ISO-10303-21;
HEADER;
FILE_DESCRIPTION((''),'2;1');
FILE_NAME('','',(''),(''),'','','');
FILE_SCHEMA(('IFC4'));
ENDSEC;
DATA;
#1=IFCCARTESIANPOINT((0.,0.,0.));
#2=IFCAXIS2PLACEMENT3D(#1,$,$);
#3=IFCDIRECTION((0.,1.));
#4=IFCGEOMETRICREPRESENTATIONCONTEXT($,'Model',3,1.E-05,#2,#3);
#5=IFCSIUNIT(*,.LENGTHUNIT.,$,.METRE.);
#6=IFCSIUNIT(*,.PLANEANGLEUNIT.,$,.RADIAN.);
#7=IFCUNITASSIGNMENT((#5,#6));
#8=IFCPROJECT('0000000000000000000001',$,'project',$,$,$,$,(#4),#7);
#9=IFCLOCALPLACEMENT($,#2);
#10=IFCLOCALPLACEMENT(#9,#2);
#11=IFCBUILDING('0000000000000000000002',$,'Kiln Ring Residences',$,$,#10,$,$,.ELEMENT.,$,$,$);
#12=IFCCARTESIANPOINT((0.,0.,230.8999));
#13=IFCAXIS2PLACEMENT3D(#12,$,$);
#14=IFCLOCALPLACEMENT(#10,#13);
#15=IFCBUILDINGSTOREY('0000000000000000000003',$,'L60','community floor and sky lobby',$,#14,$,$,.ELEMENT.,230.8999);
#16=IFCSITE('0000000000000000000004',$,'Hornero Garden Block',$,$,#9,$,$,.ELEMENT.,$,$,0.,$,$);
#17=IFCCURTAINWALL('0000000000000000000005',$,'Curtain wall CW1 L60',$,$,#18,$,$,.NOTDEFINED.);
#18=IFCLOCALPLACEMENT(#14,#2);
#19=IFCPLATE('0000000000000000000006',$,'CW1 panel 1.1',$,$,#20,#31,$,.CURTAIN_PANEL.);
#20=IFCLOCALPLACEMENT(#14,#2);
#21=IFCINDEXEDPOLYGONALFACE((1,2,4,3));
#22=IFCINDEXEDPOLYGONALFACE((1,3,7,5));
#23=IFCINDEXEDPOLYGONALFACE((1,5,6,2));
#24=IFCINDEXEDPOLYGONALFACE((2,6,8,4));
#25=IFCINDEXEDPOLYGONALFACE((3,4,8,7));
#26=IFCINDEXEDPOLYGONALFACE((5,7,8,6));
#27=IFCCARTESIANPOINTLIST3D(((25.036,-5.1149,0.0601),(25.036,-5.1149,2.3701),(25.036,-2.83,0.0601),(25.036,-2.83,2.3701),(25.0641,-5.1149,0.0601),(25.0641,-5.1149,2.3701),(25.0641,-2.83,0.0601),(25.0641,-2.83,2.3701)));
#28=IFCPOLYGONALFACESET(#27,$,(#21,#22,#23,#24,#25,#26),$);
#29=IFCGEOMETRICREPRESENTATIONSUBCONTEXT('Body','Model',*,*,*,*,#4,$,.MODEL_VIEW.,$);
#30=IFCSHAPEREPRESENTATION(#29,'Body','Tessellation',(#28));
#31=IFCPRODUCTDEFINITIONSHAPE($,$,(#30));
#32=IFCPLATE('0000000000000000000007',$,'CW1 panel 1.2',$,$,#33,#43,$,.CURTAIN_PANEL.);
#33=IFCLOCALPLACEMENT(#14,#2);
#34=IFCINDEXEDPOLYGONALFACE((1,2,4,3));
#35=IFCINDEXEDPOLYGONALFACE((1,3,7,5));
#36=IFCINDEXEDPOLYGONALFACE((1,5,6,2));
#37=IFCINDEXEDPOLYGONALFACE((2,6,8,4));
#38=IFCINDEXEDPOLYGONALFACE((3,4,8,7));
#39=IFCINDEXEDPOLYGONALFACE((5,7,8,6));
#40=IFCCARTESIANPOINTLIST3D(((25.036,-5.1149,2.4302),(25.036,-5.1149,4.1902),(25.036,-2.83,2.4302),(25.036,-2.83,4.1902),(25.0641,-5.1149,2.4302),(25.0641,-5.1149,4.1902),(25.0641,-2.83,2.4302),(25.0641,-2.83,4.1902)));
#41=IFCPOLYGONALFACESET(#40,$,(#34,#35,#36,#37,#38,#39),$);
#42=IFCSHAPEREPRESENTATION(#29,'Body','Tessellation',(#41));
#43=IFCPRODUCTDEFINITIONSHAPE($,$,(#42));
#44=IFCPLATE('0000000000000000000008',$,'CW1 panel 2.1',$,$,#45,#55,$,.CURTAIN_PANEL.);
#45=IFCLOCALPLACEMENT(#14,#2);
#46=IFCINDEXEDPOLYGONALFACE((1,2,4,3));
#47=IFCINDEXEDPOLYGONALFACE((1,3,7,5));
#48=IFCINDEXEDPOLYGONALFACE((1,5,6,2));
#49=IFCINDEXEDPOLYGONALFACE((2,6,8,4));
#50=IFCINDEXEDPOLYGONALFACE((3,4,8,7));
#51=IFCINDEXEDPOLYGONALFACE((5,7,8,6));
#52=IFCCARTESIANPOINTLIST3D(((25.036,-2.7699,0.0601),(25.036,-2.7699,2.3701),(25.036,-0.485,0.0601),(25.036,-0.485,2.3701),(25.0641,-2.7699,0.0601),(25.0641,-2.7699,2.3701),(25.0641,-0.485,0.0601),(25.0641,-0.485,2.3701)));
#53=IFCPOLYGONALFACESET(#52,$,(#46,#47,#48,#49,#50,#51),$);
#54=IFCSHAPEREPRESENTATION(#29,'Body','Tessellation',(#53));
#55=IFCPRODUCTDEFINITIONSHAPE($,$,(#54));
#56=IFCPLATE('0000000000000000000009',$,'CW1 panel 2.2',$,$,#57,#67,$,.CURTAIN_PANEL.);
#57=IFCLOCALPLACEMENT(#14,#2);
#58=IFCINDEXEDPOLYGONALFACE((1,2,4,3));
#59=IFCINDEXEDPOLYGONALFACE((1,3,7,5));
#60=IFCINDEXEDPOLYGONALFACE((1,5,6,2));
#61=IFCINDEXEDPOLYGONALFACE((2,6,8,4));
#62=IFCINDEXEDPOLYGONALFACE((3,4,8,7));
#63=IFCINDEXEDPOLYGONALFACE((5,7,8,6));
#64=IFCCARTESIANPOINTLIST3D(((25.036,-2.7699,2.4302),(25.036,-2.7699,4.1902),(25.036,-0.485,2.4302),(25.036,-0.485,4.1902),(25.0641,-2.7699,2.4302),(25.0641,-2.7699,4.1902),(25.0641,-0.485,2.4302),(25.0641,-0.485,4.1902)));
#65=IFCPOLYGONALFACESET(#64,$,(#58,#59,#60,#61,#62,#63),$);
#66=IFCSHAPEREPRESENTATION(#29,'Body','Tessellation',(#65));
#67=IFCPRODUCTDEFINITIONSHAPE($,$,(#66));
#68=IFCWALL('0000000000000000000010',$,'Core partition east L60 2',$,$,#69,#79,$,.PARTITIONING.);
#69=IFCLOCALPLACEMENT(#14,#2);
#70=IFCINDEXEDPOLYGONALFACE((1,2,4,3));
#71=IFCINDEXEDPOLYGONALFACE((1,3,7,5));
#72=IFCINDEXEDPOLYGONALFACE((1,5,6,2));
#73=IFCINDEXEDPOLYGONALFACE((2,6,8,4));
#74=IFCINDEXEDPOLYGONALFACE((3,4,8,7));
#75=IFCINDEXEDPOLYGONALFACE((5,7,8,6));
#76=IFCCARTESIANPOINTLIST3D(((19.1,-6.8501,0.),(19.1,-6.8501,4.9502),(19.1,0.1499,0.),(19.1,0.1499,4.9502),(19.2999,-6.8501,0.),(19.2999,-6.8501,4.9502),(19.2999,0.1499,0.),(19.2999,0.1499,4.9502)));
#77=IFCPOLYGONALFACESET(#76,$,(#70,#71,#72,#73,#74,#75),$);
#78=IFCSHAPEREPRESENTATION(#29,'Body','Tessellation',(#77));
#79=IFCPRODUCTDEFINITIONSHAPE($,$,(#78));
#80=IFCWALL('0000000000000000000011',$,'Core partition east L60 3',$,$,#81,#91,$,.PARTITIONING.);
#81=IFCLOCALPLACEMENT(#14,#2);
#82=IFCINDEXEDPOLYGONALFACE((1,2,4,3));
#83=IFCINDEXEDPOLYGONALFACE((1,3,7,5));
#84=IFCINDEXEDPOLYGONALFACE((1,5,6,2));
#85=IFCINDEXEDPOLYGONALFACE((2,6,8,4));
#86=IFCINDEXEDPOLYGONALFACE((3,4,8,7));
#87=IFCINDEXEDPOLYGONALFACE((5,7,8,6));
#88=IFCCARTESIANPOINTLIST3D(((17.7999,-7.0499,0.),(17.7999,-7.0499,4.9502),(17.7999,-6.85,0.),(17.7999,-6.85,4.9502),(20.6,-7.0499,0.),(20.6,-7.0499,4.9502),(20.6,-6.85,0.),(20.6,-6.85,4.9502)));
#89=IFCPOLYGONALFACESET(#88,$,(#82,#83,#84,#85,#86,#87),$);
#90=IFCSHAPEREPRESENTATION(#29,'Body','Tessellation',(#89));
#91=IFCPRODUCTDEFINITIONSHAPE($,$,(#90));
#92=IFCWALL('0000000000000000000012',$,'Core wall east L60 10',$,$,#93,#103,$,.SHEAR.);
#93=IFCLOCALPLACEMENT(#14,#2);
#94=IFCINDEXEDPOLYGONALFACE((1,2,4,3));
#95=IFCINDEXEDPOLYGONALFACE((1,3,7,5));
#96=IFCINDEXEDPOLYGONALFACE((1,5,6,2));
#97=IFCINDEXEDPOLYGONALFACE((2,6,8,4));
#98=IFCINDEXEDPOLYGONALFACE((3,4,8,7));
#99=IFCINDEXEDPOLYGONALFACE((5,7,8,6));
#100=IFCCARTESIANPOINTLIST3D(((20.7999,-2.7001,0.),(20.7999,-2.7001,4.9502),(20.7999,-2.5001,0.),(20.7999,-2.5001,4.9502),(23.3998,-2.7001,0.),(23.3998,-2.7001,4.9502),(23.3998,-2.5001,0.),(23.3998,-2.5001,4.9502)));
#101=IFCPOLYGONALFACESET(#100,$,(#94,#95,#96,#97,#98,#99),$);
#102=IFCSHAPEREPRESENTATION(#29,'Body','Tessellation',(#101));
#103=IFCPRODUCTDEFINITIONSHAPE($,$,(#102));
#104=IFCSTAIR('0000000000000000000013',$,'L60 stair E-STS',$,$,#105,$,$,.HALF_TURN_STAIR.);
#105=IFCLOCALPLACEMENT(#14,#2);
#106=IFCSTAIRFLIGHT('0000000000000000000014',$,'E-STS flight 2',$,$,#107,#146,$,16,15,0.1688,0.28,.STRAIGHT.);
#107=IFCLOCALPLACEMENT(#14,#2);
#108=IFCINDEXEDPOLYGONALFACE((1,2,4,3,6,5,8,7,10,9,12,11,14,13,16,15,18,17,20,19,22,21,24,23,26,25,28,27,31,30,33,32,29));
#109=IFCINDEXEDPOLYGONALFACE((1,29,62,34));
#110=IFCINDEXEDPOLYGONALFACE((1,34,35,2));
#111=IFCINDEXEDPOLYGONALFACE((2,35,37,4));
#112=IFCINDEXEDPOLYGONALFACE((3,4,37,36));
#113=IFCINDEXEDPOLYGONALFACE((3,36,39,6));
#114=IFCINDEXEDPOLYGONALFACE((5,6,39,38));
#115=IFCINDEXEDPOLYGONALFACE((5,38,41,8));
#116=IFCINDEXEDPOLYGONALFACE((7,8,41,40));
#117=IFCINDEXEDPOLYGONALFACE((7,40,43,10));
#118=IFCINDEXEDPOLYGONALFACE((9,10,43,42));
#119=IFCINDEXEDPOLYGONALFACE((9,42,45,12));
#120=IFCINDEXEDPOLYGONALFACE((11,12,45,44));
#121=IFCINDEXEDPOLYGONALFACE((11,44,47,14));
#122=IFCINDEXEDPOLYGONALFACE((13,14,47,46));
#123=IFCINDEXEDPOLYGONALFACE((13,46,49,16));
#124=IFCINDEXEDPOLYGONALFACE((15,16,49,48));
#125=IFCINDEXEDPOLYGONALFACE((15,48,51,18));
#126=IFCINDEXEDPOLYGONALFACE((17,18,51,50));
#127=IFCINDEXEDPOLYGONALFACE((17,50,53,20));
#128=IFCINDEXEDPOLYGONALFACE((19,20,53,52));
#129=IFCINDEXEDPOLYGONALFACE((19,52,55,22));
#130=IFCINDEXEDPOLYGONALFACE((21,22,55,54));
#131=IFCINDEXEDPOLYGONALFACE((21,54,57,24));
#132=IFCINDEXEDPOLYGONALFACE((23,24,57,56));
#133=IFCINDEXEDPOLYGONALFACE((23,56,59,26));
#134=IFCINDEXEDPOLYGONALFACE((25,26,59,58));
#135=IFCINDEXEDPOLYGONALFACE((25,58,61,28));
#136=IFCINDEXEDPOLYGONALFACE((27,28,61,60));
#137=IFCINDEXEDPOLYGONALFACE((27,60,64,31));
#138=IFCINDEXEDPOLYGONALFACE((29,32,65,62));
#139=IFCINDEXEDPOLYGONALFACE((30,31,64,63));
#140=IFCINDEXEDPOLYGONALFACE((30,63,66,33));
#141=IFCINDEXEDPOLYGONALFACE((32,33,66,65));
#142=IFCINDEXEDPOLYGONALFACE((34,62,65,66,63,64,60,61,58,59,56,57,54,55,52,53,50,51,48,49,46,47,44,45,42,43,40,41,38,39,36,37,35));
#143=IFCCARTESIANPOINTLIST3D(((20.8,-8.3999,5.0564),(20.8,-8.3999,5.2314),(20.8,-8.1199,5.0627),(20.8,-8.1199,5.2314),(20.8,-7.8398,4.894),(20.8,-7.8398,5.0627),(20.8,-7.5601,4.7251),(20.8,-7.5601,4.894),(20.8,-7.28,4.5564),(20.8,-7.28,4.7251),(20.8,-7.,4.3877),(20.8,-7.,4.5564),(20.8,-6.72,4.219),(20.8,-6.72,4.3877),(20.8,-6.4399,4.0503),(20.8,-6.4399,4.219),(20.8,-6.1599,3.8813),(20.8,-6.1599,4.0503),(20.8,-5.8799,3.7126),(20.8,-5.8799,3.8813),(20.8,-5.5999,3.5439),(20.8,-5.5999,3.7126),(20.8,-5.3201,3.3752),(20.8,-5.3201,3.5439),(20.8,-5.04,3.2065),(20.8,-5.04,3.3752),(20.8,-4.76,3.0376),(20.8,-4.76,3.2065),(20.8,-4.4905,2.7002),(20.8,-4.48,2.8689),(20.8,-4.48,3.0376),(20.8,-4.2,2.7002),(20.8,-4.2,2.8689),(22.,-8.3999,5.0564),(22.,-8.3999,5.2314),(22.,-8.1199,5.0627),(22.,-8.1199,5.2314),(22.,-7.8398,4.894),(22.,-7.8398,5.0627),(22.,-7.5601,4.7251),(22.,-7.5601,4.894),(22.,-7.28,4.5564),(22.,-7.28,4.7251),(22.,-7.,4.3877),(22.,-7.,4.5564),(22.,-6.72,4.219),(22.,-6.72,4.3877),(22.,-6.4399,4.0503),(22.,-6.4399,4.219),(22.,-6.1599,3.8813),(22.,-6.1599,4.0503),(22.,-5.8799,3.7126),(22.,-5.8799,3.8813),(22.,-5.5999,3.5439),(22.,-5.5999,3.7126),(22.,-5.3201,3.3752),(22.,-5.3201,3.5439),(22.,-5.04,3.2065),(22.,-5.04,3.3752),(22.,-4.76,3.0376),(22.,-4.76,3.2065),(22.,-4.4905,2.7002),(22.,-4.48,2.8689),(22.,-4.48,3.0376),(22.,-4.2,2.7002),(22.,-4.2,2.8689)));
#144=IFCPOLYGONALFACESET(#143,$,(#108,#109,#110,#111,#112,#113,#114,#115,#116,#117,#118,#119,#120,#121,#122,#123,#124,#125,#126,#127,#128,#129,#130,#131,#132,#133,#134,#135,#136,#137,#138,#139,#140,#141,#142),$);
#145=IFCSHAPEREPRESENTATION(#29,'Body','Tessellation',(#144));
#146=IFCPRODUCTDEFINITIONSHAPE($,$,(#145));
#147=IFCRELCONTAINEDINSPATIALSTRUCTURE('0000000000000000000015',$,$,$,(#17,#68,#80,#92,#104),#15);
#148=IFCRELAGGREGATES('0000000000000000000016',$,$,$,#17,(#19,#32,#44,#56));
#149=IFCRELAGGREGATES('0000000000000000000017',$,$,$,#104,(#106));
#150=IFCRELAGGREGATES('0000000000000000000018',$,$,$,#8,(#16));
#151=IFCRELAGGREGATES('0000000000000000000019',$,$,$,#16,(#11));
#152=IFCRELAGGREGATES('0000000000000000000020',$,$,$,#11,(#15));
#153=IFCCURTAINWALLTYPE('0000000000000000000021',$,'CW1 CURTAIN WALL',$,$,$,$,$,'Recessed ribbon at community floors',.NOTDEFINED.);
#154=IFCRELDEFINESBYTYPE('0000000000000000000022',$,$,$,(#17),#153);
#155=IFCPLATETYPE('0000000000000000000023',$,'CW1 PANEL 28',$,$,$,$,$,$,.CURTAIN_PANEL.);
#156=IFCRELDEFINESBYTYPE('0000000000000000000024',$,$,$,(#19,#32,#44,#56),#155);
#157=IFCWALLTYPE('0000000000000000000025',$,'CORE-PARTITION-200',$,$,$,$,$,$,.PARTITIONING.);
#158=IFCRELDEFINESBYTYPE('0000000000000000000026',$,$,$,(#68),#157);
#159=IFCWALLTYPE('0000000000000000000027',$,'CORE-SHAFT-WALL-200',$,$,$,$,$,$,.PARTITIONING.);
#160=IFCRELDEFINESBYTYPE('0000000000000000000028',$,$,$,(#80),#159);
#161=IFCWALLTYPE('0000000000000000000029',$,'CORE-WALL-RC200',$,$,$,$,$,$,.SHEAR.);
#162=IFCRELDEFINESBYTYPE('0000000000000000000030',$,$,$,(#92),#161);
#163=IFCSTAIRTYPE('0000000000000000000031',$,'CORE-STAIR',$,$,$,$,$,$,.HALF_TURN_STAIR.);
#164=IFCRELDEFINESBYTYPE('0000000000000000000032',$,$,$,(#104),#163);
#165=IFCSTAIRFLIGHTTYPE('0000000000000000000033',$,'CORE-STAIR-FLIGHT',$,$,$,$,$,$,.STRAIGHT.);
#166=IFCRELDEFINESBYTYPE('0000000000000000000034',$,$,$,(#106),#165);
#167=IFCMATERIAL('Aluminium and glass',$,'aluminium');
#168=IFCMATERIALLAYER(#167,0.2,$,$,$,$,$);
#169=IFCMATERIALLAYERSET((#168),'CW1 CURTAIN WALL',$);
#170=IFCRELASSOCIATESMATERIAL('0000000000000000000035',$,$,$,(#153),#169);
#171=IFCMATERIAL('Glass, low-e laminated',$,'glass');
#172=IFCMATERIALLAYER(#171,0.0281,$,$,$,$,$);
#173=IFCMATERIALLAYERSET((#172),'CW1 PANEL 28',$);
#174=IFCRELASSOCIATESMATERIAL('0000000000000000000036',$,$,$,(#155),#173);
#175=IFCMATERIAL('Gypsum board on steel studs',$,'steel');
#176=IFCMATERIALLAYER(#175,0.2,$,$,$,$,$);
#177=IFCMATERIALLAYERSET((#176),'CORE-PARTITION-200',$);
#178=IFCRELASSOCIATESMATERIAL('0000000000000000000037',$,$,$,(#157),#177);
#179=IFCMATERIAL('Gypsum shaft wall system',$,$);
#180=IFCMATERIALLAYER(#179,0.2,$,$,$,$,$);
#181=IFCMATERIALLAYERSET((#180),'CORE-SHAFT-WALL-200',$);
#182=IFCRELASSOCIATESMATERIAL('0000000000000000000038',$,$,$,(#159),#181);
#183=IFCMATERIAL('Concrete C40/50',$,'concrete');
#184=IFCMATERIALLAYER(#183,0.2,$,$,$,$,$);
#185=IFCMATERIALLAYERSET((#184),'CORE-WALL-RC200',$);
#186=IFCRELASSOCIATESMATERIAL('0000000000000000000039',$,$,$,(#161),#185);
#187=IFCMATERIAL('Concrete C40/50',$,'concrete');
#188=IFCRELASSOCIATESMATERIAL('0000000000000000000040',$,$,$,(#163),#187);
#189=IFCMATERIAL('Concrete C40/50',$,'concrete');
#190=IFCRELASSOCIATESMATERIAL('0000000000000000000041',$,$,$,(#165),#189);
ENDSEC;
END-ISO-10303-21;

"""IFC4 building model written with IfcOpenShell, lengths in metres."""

from ifc_helpers import new_model, si_unit, direction, frame, frame_2d, origin, origin_2d, place, context, subcontext, project, spatial, polyline, rectangle, outline, extrude, material, layer, layer_set, type_object, element, aggregate, save


model = new_model("IFC4")

# Units and contexts
model_context = context("Model", 3, precision=1e-05, world=origin(), true_north=direction((0.0, 1.0)))
body_context = subcontext(model_context, "Body", "Model", "MODEL_VIEW")
ifc_project = project(units=[si_unit("LENGTHUNIT", "METRE"), si_unit("PLANEANGLEUNIT", "RADIAN")], contexts=[model_context])

# Site, building, storey
site_placement = place(None, origin())
site = spatial("IfcSite", under=ifc_project, at=site_placement, Name="Hornero Garden Block", CompositionType="ELEMENT", RefElevation=0.0)
building_placement = place(site_placement, origin())
building = spatial("IfcBuilding", under=site, at=building_placement, Name="Kiln Ring Residences", CompositionType="ELEMENT")
storey_placement = place(building_placement, frame((0.0, 0.0, 230.8999)))
storey = spatial("IfcBuildingStorey", under=building, at=storey_placement, Name="L60", Description="community floor and sky lobby", CompositionType="ELEMENT", Elevation=230.8999)

# Shared definitions
ifc_material_1 = material(Name="Aluminium and glass", Category="aluminium")
ifc_layer_1 = layer(ifc_material_1, 0.2)
ifc_layer_set_1 = layer_set([ifc_layer_1], Name="CW1 CURTAIN WALL")
curtain_wall_type = type_object("IfcCurtainWallType", Name="CW1 CURTAIN WALL", ElementType="Recessed ribbon at community floors", PredefinedType="NOTDEFINED", material=ifc_layer_set_1)
placement = place(storey_placement, origin())

# Curtain wall
curtain_wall_1 = element("IfcCurtainWall", 1, at=placement, inside=storey, type_object=curtain_wall_type, Name="Curtain wall CW1 L60", PredefinedType="NOTDEFINED")

# Plates
ifc_material_2 = material(Name="Glass, low-e laminated", Category="glass")
ifc_layer_2 = layer(ifc_material_2, 0.0281)
ifc_layer_set_2 = layer_set([ifc_layer_2], Name="CW1 PANEL 28")
plate_type = type_object("IfcPlateType", Name="CW1 PANEL 28", PredefinedType="CURTAIN_PANEL", material=ifc_layer_set_2)
plate_1_placement = place(storey_placement, frame((25.05, -3.9724, 0.0601), z_axis=(0.0, 0.0, 1.0), x_axis=(0.0, 1.0, 0.0)))
plate_1 = element("IfcPlate", 2, at=plate_1_placement, type_object=plate_type, Name="CW1 panel 1.1", PredefinedType="CURTAIN_PANEL", context=body_context, shape_type="SweptSolid", body=[
    extrude(rectangle(XDim=2.2849, YDim=0.0281, at=origin_2d()), origin(), (0.0, 0.0, 1.0), 2.3101),
])
plate_2_placement = place(storey_placement, frame((25.05, -3.9724, 2.4302), z_axis=(0.0, 0.0, 1.0), x_axis=(0.0, 1.0, 0.0)))
plate_2 = element("IfcPlate", 3, at=plate_2_placement, type_object=plate_type, Name="CW1 panel 1.2", PredefinedType="CURTAIN_PANEL", context=body_context, shape_type="SweptSolid", body=[
    extrude(rectangle(XDim=2.2849, YDim=0.0281, at=origin_2d()), origin(), (0.0, 0.0, 1.0), 1.76),
])
plate_3_placement = place(storey_placement, frame((25.05, -1.6274, 0.0601), z_axis=(0.0, 0.0, 1.0), x_axis=(0.0, 1.0, 0.0)))
plate_3 = element("IfcPlate", 4, at=plate_3_placement, type_object=plate_type, Name="CW1 panel 2.1", PredefinedType="CURTAIN_PANEL", context=body_context, shape_type="SweptSolid", body=[
    extrude(rectangle(XDim=2.2849, YDim=0.0281, at=origin_2d()), origin(), (0.0, 0.0, 1.0), 2.3101),
])
plate_4_placement = place(storey_placement, frame((25.05, -1.6274, 2.4302), z_axis=(0.0, 0.0, 1.0), x_axis=(0.0, 1.0, 0.0)))
plate_4 = element("IfcPlate", 5, at=plate_4_placement, type_object=plate_type, Name="CW1 panel 2.2", PredefinedType="CURTAIN_PANEL", context=body_context, shape_type="SweptSolid", body=[
    extrude(rectangle(XDim=2.2849, YDim=0.0281, at=origin_2d()), origin(), (0.0, 0.0, 1.0), 1.76),
])
aggregate(curtain_wall_1, [plate_1, plate_2, plate_3, plate_4])

# Walls
ifc_material_3 = material(Name="Gypsum board on steel studs", Category="steel")
ifc_layer_3 = layer(ifc_material_3, 0.2)
ifc_layer_set_3 = layer_set([ifc_layer_3], Name="CORE-PARTITION-200")
wall_type_1 = type_object("IfcWallType", Name="CORE-PARTITION-200", PredefinedType="PARTITIONING", material=ifc_layer_set_3)
wall_1_placement = place(storey_placement, frame((19.2, -6.8501, 0.0), z_axis=(0.0, 0.0, 1.0), x_axis=(0.0, 1.0, 0.0)))
element("IfcWall", 6, at=wall_1_placement, inside=storey, type_object=wall_type_1, Name="Core partition east L60 2", PredefinedType="PARTITIONING", context=body_context, shape_type="SweptSolid", body=[
    extrude(rectangle(XDim=7.0, YDim=0.2, at=frame_2d((3.5, 0.0))), origin(), (0.0, 0.0, 1.0), 4.9502),
])
ifc_material_4 = material(Name="Gypsum shaft wall system")
ifc_layer_4 = layer(ifc_material_4, 0.2)
ifc_layer_set_4 = layer_set([ifc_layer_4], Name="CORE-SHAFT-WALL-200")
wall_type_2 = type_object("IfcWallType", Name="CORE-SHAFT-WALL-200", PredefinedType="PARTITIONING", material=ifc_layer_set_4)
wall_2_placement = place(storey_placement, frame((17.8, -6.95, 0.0), z_axis=(0.0, 0.0, 1.0), x_axis=(1.0, 0.0, 0.0)))
element("IfcWall", 7, at=wall_2_placement, inside=storey, type_object=wall_type_2, Name="Core partition east L60 3", PredefinedType="PARTITIONING", context=body_context, shape_type="SweptSolid", body=[
    extrude(rectangle(XDim=2.8, YDim=0.2, at=frame_2d((1.3999, 0.0))), origin(), (0.0, 0.0, 1.0), 4.9502),
])
ifc_material_5 = material(Name="Concrete C40/50", Category="concrete")
ifc_layer_5 = layer(ifc_material_5, 0.2)
ifc_layer_set_5 = layer_set([ifc_layer_5], Name="CORE-WALL-RC200")
wall_type_3 = type_object("IfcWallType", Name="CORE-WALL-RC200", PredefinedType="SHEAR", material=ifc_layer_set_5)
wall_3_placement = place(storey_placement, frame((20.8, -2.6001, 0.0), z_axis=(0.0, 0.0, 1.0), x_axis=(1.0, 0.0, 0.0)))
element("IfcWall", 8, at=wall_3_placement, inside=storey, type_object=wall_type_3, Name="Core wall east L60 10", PredefinedType="SHEAR", context=body_context, shape_type="SweptSolid", body=[
    extrude(rectangle(XDim=2.5999, YDim=0.2, at=frame_2d((1.2998, 0.0))), origin(), (0.0, 0.0, 1.0), 4.9502),
])

# Stair, stair flight
ifc_material_6 = material(Name="Concrete C40/50", Category="concrete")
stair_type = type_object("IfcStairType", Name="CORE-STAIR", PredefinedType="HALF_TURN_STAIR", material=ifc_material_6)
stair = element("IfcStair", 9, at=placement, inside=storey, type_object=stair_type, Name="L60 stair E-STS", PredefinedType="HALF_TURN_STAIR")
ifc_material_7 = material(Name="Concrete C40/50", Category="concrete")
stair_flight_type = type_object("IfcStairFlightType", Name="CORE-STAIR-FLIGHT", PredefinedType="STRAIGHT", material=ifc_material_7)
stair_flight_placement = place(storey_placement, frame((21.3999, -4.2, 2.7002), z_axis=(0.0, 0.0, 1.0), x_axis=(0.0, -1.0, 0.0)))
stair_flight = element("IfcStairFlight", 10, at=stair_flight_placement, type_object=stair_flight_type, Name="E-STS flight 2", NumberOfRisers=16, NumberOfTreads=15, PredefinedType="STRAIGHT", RiserHeight=0.1688, TreadLength=0.28, context=body_context, shape_type="SweptSolid", body=[
    extrude(outline(polyline([(0.0, 0.0), (0.0, 0.1687), (0.28, 0.1687), (0.28, 0.3374), (0.5601, 0.3374), (0.5601, 0.5063), (0.8401, 0.5063), (0.8401, 0.675), (1.1201, 0.675), (1.1201, 0.8438), (1.3999, 0.8438), (1.3999, 1.0125), (1.6799, 1.0125), (1.6799, 1.1812), (1.96, 1.1812), (1.96, 1.3501), (2.24, 1.3501), (2.24, 1.5188), (2.52, 1.5188), (2.52, 1.6875), (2.8, 1.6875), (2.8, 1.8562), (3.0801, 1.8562), (3.0801, 2.0249), (3.3601, 2.0249), (3.3601, 2.1938), (3.6399, 2.1938), (3.6399, 2.3625), (3.9199, 2.3625), (3.9199, 2.5312), (4.2, 2.5312), (4.2, 2.7), (4.2, 2.3562), (0.2905, 0.0), (0.0, 0.0)])), frame((0.0, 0.6001, 0.0), z_axis=(0.0, -1.0, 0.0), x_axis=(1.0, 0.0, 0.0)), (0.0, 0.0, 1.0), 1.2),
])
aggregate(stair, [stair_flight])

save(model, "model.ifc")
